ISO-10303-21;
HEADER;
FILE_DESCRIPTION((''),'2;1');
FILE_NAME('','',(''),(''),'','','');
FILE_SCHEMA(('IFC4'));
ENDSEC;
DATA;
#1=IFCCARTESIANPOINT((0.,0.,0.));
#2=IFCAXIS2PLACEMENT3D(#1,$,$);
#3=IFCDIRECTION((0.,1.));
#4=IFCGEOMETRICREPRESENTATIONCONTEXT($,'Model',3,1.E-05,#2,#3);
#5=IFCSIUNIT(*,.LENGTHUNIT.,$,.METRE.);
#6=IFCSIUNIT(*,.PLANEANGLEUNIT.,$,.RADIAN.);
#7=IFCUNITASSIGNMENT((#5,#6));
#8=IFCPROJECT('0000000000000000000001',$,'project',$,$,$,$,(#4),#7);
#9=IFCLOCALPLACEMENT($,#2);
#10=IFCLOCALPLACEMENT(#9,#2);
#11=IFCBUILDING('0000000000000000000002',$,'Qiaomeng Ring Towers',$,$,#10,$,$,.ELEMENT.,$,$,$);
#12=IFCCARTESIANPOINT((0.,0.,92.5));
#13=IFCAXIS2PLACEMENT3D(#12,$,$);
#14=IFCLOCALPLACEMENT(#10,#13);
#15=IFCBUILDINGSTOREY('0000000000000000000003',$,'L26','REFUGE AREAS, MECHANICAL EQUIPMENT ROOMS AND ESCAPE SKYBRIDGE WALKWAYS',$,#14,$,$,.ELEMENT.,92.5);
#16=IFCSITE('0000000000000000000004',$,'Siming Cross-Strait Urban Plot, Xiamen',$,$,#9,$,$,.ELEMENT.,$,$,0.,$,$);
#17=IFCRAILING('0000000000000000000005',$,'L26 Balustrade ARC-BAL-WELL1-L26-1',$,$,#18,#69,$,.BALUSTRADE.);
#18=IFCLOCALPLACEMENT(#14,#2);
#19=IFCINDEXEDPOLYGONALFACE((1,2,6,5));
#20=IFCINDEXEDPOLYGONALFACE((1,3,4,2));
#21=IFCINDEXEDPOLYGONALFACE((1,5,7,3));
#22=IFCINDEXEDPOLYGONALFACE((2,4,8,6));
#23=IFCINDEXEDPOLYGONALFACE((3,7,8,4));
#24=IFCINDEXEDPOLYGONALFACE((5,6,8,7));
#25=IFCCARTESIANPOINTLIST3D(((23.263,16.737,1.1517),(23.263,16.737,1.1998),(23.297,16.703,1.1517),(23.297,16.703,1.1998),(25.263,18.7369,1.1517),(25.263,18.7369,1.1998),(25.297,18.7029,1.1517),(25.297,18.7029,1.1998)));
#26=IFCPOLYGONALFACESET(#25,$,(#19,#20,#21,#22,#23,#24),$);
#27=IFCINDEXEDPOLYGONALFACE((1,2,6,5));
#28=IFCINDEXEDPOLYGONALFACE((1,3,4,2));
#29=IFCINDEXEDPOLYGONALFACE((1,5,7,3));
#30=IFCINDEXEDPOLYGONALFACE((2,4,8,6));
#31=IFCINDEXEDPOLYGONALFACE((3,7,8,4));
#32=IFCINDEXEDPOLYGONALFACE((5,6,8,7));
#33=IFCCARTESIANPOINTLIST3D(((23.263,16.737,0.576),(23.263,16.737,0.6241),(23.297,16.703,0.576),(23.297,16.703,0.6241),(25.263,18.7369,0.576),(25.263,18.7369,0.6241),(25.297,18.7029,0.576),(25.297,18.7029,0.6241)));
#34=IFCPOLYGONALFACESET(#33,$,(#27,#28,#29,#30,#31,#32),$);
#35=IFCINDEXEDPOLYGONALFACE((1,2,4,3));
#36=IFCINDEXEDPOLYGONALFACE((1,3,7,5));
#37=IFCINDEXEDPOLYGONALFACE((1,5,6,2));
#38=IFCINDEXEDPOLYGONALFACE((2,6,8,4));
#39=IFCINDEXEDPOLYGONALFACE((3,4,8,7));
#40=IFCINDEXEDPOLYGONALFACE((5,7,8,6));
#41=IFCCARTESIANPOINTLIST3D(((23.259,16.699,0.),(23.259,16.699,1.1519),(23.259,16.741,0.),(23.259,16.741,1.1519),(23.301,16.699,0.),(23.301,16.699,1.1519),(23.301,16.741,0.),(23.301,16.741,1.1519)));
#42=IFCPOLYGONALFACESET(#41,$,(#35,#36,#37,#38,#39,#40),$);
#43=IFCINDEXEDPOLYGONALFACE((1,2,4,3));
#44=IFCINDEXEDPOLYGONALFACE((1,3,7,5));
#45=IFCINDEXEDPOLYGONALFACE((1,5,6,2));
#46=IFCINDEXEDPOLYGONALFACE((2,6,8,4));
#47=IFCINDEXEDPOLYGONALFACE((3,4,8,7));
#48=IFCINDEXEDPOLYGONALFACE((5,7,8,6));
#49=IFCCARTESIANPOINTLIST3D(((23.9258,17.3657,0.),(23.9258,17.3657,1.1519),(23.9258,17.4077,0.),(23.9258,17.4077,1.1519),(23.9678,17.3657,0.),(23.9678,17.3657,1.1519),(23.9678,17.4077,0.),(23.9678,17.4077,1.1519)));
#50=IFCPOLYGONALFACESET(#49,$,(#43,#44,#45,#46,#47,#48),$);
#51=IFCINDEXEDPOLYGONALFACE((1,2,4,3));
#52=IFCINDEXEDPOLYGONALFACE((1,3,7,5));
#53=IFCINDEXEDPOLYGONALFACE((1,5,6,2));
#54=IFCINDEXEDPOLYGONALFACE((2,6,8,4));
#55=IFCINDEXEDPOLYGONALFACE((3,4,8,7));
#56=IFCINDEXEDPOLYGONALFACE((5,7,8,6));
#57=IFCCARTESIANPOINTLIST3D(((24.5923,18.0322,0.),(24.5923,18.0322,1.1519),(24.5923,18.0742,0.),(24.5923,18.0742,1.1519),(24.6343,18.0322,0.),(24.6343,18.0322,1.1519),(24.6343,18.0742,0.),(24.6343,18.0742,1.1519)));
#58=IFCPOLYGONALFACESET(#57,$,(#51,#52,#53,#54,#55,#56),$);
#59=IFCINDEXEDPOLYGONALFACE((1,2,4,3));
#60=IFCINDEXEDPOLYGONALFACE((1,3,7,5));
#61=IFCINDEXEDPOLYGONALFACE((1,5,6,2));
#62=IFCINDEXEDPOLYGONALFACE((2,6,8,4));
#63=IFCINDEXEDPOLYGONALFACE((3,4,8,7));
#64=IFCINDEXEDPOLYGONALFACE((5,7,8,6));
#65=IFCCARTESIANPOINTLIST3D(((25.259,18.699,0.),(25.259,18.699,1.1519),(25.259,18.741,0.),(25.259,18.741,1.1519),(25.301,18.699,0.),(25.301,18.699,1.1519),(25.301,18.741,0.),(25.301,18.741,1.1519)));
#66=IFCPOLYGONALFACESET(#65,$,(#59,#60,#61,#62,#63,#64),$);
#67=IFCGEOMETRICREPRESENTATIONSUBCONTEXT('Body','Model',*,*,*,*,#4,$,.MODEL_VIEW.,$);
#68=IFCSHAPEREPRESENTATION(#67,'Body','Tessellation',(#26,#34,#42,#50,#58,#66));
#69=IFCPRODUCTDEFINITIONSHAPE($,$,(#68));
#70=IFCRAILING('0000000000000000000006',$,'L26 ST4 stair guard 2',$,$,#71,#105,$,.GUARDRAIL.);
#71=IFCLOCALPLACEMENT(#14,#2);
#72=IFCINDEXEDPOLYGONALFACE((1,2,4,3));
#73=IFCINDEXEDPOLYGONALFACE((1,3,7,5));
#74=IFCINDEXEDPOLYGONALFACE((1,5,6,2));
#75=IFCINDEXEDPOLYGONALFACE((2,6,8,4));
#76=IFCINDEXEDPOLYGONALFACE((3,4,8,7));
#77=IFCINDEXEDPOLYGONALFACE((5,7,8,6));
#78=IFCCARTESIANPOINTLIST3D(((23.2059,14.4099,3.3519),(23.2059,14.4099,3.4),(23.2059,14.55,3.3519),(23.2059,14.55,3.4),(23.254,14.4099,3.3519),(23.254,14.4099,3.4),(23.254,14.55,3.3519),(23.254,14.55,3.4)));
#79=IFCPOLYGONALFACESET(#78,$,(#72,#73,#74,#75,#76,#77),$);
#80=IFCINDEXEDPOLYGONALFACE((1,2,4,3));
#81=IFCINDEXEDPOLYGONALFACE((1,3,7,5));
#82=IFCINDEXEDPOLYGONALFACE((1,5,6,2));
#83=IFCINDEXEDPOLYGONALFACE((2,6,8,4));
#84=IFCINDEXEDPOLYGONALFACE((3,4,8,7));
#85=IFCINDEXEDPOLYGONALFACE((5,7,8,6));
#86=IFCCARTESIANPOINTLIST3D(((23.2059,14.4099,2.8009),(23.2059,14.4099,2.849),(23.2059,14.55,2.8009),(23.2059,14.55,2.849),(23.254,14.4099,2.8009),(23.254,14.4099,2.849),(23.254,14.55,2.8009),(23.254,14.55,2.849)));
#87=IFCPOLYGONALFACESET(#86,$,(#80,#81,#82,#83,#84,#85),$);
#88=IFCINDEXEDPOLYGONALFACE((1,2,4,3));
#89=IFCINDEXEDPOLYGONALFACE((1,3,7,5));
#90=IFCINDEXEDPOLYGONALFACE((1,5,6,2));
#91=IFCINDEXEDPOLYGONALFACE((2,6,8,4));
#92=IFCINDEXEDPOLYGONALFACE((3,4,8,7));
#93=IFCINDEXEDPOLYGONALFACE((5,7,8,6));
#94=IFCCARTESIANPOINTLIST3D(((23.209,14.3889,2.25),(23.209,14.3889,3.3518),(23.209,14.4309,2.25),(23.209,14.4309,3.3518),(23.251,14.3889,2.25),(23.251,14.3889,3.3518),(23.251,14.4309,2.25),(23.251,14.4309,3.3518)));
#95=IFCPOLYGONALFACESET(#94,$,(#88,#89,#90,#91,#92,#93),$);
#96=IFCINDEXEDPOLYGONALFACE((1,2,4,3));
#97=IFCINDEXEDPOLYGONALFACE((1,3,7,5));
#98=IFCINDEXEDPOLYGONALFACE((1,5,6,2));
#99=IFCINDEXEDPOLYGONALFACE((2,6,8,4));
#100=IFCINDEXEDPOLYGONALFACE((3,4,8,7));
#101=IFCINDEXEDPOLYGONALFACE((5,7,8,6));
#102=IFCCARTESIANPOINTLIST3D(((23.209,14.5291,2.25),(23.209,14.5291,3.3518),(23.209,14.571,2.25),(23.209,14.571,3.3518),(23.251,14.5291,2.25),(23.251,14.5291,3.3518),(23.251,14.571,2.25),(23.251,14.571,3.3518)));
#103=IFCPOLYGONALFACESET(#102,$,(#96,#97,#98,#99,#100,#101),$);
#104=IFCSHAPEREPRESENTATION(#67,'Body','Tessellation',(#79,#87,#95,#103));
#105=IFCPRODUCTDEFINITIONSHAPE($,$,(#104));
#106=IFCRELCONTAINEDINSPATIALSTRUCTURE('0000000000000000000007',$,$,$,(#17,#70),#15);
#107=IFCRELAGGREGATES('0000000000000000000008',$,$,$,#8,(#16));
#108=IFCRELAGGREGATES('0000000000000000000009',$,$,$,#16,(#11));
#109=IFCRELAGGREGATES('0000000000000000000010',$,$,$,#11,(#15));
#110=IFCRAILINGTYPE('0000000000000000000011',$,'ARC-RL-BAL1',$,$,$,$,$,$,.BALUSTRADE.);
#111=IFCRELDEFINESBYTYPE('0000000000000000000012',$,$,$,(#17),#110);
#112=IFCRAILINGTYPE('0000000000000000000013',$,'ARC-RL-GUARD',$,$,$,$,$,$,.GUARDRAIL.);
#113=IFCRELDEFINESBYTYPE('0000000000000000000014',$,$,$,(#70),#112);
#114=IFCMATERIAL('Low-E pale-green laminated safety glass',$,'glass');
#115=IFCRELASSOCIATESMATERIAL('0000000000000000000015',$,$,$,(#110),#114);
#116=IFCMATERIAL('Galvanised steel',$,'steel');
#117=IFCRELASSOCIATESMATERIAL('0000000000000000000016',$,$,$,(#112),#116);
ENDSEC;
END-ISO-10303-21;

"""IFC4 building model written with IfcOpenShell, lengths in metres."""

from ifc_helpers import new_model, si_unit, direction, frame, origin, origin_2d, place, context, subcontext, project, spatial, rectangle, extrude, material, type_object, element, save


model = new_model("IFC4")

# Units and contexts
model_context = context("Model", 3, precision=1e-05, world=origin(), true_north=direction((0.0, 1.0)))
body_context = subcontext(model_context, "Body", "Model", "MODEL_VIEW")
ifc_project = project(units=[si_unit("LENGTHUNIT", "METRE"), si_unit("PLANEANGLEUNIT", "RADIAN")], contexts=[model_context])

# Site, building, storey
site_placement = place(None, origin())
site = spatial("IfcSite", under=ifc_project, at=site_placement, Name="Siming Cross-Strait Urban Plot, Xiamen", CompositionType="ELEMENT", RefElevation=0.0)
building_placement = place(site_placement, origin())
building = spatial("IfcBuilding", under=site, at=building_placement, Name="Qiaomeng Ring Towers", CompositionType="ELEMENT")
storey_placement = place(building_placement, frame((0.0, 0.0, 92.5)))
storey = spatial("IfcBuildingStorey", under=building, at=storey_placement, Name="L26", Description="REFUGE AREAS, MECHANICAL EQUIPMENT ROOMS AND ESCAPE SKYBRIDGE WALKWAYS", CompositionType="ELEMENT", Elevation=92.5)

# Shared definitions
ifc_material_1 = material(Name="Galvanised steel", Category="steel")

# Railings
ifc_material_2 = material(Name="Low-E pale-green laminated safety glass", Category="glass")
railing_type_1 = type_object("IfcRailingType", Name="ARC-RL-BAL1", PredefinedType="BALUSTRADE", material=ifc_material_2)
railing_1_placement = place(storey_placement, frame((23.28, 16.72, 0.0)))
element("IfcRailing", 1, at=railing_1_placement, inside=storey, type_object=railing_type_1, Name="L26 Balustrade ARC-BAL-WELL1-L26-1", PredefinedType="BALUSTRADE", context=body_context, shape_type="SweptSolid", body=[
    extrude(rectangle(XDim=0.0481, YDim=0.0481, at=origin_2d()), frame((0.0, 0.0, 1.1758), z_axis=(0.707107, 0.707107, 0.0), x_axis=(-0.707107, 0.707107, 0.0)), (0.0, 0.0, 1.0), 2.8284),
    extrude(rectangle(XDim=0.0481, YDim=0.0481, at=origin_2d()), frame((0.0, 0.0, 0.6001), z_axis=(0.707107, 0.707107, 0.0), x_axis=(-0.707107, 0.707107, 0.0)), (0.0, 0.0, 1.0), 2.8284),
    extrude(rectangle(XDim=0.042, YDim=0.042, at=origin_2d()), origin(), (0.0, 0.0, 1.0), 1.1519),
    extrude(rectangle(XDim=0.042, YDim=0.042, at=origin_2d()), frame((0.6667, 0.6667, 0.0)), (0.0, 0.0, 1.0), 1.1519),
    extrude(rectangle(XDim=0.042, YDim=0.042, at=origin_2d()), frame((1.3333, 1.3333, 0.0)), (0.0, 0.0, 1.0), 1.1519),
    extrude(rectangle(XDim=0.042, YDim=0.042, at=origin_2d()), frame((2.0, 2.0, 0.0)), (0.0, 0.0, 1.0), 1.1519),
])
railing_type_2 = type_object("IfcRailingType", Name="ARC-RL-GUARD", PredefinedType="GUARDRAIL", material=ifc_material_1)
railing_2_placement = place(storey_placement, frame((23.23, 14.4099, 2.25)))
element("IfcRailing", 2, at=railing_2_placement, inside=storey, type_object=railing_type_2, Name="L26 ST4 stair guard 2", PredefinedType="GUARDRAIL", context=body_context, shape_type="SweptSolid", body=[
    extrude(rectangle(XDim=0.0481, YDim=0.0481, at=origin_2d()), frame((0.0, 0.0, 1.126), z_axis=(0.0, 1.0, 0.0), x_axis=(-1.0, 0.0, 0.0)), (0.0, 0.0, 1.0), 0.1401),
    extrude(rectangle(XDim=0.0481, YDim=0.0481, at=origin_2d()), frame((0.0, 0.0, 0.575), z_axis=(0.0, 1.0, 0.0), x_axis=(-1.0, 0.0, 0.0)), (0.0, 0.0, 1.0), 0.1401),
    extrude(rectangle(XDim=0.042, YDim=0.042, at=origin_2d()), origin(), (0.0, 0.0, 1.0), 1.1018),
    extrude(rectangle(XDim=0.042, YDim=0.042, at=origin_2d()), frame((0.0, 0.1401, 0.0)), (0.0, 0.0, 1.0), 1.1018),
])

save(model, "model.ifc")
